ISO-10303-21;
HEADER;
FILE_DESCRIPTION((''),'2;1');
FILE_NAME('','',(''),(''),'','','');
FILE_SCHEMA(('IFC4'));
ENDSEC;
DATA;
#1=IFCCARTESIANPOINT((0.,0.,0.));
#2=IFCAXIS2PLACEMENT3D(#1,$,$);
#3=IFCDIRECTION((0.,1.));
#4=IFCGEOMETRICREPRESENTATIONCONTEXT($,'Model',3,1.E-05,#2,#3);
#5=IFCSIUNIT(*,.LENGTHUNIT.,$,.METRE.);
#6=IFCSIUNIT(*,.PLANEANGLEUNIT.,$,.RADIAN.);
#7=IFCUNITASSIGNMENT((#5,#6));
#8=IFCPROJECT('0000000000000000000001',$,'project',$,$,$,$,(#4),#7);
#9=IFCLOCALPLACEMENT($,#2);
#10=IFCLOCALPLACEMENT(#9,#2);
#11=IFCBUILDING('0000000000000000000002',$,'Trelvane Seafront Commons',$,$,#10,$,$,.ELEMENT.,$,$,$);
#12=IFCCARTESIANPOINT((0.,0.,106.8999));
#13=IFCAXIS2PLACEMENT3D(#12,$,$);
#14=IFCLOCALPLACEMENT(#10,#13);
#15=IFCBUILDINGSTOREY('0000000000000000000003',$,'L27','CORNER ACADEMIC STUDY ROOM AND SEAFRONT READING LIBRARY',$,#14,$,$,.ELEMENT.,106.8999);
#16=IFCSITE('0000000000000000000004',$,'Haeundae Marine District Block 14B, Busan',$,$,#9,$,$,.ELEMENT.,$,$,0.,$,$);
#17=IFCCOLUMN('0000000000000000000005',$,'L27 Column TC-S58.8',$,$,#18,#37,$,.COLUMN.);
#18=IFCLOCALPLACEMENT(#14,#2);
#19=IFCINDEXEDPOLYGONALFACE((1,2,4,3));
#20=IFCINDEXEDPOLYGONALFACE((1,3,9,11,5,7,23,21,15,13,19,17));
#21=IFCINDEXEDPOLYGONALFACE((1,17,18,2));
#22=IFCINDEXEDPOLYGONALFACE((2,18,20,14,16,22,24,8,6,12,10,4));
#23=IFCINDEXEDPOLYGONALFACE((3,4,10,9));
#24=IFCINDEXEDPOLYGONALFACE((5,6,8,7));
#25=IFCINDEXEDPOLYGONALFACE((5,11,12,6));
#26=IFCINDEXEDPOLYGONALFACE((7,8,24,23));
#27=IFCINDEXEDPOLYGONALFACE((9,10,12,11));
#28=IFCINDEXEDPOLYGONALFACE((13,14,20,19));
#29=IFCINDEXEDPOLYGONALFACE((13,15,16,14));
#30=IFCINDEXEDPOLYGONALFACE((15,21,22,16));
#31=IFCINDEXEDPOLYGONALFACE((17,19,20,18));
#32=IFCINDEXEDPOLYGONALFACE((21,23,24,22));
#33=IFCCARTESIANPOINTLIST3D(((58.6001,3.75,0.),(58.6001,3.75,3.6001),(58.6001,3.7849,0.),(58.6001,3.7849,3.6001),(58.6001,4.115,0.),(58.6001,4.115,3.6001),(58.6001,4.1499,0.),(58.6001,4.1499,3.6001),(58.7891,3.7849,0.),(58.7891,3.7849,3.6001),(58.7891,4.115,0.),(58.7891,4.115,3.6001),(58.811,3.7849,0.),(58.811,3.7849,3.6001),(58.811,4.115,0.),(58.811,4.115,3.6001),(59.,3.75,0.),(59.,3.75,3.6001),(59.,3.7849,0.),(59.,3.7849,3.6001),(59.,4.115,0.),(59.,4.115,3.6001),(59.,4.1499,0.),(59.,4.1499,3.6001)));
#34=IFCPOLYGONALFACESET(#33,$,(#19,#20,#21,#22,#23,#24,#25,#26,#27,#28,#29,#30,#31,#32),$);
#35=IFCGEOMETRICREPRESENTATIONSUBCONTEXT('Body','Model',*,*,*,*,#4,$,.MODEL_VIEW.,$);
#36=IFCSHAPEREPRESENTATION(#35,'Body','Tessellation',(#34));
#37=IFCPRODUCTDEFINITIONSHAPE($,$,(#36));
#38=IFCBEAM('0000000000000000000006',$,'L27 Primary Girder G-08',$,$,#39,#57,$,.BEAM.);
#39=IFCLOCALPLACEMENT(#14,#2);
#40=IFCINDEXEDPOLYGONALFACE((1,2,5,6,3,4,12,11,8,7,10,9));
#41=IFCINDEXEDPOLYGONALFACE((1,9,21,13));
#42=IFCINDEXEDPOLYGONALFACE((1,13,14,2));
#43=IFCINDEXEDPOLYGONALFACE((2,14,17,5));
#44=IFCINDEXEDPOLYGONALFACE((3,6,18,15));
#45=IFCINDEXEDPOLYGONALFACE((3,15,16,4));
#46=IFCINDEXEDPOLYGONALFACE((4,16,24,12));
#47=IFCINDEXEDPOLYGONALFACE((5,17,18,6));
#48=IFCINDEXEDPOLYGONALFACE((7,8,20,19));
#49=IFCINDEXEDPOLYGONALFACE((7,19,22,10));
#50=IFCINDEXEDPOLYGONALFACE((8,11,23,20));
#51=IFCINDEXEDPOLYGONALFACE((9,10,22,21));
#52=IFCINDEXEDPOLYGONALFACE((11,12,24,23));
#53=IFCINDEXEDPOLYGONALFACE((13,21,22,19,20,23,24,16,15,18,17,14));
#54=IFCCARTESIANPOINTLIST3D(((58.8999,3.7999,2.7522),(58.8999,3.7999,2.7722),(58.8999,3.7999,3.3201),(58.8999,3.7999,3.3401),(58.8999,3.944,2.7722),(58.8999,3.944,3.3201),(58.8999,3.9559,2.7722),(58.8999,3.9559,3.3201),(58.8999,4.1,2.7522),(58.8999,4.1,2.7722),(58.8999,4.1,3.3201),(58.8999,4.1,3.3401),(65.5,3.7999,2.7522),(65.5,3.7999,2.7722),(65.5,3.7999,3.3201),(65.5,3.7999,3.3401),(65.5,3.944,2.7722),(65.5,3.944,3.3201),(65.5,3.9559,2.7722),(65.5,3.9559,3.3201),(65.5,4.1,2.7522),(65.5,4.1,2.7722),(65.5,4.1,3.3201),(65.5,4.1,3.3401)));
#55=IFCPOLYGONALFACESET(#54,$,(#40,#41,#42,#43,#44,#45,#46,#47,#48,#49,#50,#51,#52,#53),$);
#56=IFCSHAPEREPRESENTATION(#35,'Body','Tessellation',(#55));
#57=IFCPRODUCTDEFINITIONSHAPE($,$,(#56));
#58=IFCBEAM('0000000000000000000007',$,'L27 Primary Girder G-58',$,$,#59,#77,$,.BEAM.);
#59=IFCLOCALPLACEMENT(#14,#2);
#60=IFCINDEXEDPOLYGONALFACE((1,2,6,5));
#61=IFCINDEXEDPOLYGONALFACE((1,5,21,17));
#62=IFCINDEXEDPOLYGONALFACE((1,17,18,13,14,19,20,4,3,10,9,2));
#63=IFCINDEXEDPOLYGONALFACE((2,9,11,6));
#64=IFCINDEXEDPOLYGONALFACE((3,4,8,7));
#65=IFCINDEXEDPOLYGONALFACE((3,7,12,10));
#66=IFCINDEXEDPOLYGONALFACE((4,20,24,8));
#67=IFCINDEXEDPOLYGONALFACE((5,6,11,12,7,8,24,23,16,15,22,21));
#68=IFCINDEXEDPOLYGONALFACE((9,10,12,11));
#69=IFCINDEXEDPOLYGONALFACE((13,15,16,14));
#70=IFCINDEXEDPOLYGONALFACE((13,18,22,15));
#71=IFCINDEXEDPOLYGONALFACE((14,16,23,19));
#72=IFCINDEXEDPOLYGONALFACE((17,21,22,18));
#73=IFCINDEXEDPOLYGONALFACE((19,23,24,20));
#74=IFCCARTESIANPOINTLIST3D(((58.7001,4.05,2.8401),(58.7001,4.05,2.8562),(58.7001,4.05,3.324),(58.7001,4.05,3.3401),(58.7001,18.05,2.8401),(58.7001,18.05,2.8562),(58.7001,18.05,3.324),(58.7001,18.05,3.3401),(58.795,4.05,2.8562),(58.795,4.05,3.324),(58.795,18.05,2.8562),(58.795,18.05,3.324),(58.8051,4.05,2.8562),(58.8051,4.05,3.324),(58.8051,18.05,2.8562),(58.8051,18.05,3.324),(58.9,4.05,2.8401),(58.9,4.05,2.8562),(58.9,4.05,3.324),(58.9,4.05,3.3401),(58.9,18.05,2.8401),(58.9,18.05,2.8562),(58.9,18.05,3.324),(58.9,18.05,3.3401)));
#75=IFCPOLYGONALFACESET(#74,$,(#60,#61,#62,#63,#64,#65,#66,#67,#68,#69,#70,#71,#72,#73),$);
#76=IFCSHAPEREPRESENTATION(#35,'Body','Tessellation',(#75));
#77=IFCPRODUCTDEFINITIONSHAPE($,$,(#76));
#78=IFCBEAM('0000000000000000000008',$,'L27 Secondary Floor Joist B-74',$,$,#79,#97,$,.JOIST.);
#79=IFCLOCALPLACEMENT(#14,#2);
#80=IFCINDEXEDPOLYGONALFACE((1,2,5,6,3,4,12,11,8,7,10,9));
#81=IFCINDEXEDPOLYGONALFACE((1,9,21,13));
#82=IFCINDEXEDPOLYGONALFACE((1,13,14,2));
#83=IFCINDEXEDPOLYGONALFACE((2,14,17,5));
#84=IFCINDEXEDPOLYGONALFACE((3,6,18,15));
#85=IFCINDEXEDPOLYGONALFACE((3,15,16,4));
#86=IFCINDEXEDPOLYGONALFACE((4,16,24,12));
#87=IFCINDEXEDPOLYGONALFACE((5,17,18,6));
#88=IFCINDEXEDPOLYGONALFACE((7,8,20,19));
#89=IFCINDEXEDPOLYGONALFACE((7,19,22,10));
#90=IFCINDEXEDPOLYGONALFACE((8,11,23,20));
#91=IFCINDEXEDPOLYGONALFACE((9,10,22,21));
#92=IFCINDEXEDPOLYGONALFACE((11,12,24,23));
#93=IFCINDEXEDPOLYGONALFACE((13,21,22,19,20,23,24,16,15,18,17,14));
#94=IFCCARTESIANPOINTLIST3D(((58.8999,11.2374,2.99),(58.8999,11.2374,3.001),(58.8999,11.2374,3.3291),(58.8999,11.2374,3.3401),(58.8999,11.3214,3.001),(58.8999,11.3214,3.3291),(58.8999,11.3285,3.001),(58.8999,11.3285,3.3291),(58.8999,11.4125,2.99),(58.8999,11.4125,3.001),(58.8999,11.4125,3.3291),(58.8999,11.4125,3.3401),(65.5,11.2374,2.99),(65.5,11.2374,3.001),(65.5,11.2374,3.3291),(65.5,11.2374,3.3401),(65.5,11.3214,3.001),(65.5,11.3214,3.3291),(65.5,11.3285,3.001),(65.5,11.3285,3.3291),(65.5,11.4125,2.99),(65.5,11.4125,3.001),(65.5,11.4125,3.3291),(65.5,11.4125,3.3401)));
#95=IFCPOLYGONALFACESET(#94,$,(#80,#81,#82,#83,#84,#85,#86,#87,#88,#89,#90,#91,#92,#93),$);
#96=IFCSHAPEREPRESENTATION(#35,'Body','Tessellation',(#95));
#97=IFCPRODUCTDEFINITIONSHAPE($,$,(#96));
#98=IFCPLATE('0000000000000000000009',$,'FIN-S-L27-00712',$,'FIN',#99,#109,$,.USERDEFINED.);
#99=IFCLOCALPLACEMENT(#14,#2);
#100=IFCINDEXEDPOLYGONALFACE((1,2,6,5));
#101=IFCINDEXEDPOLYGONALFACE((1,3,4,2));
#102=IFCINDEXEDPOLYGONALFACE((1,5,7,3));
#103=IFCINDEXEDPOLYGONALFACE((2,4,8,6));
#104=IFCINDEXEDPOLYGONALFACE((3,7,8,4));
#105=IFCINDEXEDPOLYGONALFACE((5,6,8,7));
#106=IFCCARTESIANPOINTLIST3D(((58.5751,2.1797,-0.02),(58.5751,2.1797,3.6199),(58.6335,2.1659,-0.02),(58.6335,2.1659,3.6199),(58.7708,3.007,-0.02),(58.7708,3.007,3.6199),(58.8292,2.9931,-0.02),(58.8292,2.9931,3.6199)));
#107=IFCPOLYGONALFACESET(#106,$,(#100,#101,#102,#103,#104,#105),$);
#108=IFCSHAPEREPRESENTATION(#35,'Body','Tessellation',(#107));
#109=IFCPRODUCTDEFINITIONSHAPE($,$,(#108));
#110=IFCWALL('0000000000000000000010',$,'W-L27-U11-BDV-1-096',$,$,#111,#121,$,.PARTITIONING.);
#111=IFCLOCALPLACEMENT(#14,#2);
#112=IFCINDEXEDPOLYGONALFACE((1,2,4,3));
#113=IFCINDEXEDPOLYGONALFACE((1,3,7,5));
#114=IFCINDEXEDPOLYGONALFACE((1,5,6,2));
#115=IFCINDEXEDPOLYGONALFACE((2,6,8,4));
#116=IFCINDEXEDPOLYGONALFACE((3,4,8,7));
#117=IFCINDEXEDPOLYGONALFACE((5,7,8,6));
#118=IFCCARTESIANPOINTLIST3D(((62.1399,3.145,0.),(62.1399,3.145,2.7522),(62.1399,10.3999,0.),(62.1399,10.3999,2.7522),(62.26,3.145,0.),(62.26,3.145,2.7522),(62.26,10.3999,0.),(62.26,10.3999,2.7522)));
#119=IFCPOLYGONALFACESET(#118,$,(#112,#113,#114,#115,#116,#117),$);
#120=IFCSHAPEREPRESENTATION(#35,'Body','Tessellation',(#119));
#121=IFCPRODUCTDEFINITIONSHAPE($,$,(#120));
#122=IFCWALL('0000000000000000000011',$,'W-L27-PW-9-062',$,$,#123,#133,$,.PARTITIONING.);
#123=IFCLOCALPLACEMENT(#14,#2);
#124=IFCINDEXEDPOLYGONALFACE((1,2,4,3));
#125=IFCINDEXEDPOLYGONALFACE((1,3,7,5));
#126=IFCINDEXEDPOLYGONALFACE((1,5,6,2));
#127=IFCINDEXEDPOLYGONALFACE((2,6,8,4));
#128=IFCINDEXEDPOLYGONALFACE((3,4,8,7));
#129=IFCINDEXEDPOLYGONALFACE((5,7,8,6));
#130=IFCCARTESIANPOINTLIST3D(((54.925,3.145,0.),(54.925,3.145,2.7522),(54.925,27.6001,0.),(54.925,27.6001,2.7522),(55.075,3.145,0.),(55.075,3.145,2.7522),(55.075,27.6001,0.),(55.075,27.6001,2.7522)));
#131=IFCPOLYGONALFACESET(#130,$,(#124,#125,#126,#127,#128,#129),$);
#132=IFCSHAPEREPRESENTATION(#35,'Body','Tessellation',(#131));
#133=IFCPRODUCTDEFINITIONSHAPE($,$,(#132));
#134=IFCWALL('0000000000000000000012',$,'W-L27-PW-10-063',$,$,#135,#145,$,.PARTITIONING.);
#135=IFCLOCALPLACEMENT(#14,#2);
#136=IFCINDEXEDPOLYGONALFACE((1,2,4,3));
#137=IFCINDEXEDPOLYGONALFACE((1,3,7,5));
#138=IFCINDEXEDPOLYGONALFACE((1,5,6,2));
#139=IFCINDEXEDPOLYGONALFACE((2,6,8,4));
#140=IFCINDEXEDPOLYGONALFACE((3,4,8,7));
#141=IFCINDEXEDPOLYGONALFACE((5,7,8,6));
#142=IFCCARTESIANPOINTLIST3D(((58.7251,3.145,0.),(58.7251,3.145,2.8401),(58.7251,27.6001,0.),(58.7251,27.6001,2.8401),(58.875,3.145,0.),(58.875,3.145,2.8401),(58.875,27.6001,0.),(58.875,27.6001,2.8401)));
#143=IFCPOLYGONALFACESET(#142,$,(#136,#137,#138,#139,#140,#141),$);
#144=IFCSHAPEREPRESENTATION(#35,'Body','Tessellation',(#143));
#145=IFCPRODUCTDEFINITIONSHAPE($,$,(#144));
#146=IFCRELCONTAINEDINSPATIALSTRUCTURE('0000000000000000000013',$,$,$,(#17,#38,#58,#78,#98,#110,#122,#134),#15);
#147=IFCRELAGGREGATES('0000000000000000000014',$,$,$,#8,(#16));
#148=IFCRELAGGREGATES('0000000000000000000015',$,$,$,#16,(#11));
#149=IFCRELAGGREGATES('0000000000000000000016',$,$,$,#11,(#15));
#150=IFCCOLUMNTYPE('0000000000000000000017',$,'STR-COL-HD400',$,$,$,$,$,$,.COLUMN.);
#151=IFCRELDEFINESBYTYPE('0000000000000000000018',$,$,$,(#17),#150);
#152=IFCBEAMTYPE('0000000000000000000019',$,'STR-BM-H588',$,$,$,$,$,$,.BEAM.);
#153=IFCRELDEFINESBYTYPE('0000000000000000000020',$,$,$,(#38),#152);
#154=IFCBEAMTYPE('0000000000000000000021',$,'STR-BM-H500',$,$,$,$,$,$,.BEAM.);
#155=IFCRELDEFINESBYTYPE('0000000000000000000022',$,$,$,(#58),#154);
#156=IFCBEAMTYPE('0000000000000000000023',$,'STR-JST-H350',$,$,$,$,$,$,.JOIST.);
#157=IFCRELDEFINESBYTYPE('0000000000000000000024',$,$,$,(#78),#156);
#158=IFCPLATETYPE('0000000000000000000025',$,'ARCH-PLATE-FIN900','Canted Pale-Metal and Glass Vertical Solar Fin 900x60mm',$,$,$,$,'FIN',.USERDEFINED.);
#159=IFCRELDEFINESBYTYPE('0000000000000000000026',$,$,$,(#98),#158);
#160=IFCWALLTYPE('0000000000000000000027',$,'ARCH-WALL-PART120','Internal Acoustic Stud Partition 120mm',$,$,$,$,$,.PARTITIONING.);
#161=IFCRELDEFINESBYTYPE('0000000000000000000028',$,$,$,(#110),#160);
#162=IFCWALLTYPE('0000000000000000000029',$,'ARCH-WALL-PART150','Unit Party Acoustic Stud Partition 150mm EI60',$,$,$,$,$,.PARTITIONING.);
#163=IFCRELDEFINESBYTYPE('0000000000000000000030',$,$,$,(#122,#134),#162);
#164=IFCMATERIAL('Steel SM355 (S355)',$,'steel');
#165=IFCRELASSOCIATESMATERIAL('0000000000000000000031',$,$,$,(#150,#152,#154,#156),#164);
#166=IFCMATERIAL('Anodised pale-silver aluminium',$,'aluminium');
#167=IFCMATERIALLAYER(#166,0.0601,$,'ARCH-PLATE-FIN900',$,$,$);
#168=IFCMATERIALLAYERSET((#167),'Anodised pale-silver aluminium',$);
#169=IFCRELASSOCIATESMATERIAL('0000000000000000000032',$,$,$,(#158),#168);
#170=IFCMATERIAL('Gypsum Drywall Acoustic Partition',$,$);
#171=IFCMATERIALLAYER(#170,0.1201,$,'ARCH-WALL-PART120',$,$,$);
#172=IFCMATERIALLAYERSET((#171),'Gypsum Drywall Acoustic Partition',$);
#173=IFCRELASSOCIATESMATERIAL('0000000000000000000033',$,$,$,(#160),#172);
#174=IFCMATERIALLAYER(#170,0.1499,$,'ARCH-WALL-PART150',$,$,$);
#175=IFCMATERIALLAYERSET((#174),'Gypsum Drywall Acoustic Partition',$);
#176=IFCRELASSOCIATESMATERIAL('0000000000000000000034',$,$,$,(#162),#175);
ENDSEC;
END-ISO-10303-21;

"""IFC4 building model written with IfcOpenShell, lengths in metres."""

from ifc_helpers import new_model, si_unit, direction, frame, frame_2d, origin, origin_2d, place, context, subcontext, project, spatial, rectangle, i_section, extrude, source, transform, mapped, material, layer, layer_set, material_profile, profile_set, type_object, element, save


model = new_model("IFC4")

# Units and contexts
model_context = context("Model", 3, precision=1e-05, world=origin(), true_north=direction((0.0, 1.0)))
body_context = subcontext(model_context, "Body", "Model", "MODEL_VIEW")
ifc_project = project(units=[si_unit("LENGTHUNIT", "METRE"), si_unit("PLANEANGLEUNIT", "RADIAN")], contexts=[model_context])

# Site, building, storey
site_placement = place(None, origin())
site = spatial("IfcSite", under=ifc_project, at=site_placement, Name="Haeundae Marine District Block 14B, Busan", CompositionType="ELEMENT", RefElevation=0.0)
building_placement = place(site_placement, origin())
building = spatial("IfcBuilding", under=site, at=building_placement, Name="Trelvane Seafront Commons", CompositionType="ELEMENT")
storey_placement = place(building_placement, frame((0.0, 0.0, 106.8999)))
storey = spatial("IfcBuildingStorey", under=building, at=storey_placement, Name="L27", Description="CORNER ACADEMIC STUDY ROOM AND SEAFRONT READING LIBRARY", CompositionType="ELEMENT", Elevation=106.8999)

# Column
ifc_material_1 = material(Name="Steel SM355 (S355)", Category="steel")
ifc_material_profile_1 = material_profile(ifc_material_1, i_section(OverallWidth=0.3999, OverallDepth=0.3999, WebThickness=0.022, FlangeThickness=0.0349, at=origin_2d()), Name="HD-400x400x22x35")
ifc_profile_set_1 = profile_set([ifc_material_profile_1], Name="Steel SM355 (S355)")
column_type = type_object("IfcColumnType", Name="STR-COL-HD400", PredefinedType="COLUMN", material=ifc_profile_set_1)
shared_shape_1 = source(origin(), body_context, "Body", "SweptSolid", [
    extrude(i_section(OverallWidth=0.3999, OverallDepth=0.3999, WebThickness=0.022, FlangeThickness=0.0349, at=origin_2d()), origin(), (0.0, 0.0, 1.0), 3.6001),
])
column_placement = place(storey_placement, frame((58.8, 3.95, 0.0), z_axis=(0.0, 0.0, 1.0), x_axis=(1.0, 0.0, 0.0)))
element("IfcColumn", 1, at=column_placement, inside=storey, type_object=column_type, Name="L27 Column TC-S58.8", PredefinedType="COLUMN", context=body_context, shape_type="MappedRepresentation", body=[
    mapped(shared_shape_1, transform((0.0, 0.0, 0.0), x_axis=(1.0, 0.0, 0.0), y_axis=(0.0, 1.0, 0.0), z_axis=(0.0, 0.0, 1.0), scale=1.0)),
])

# Beams
ifc_material_profile_2 = material_profile(ifc_material_1, i_section(OverallWidth=0.3, OverallDepth=0.5879, WebThickness=0.012, FlangeThickness=0.02, at=origin_2d()), Name="H-588x300x12x20")
ifc_profile_set_2 = profile_set([ifc_material_profile_2], Name="Steel SM355 (S355)")
beam_type_1 = type_object("IfcBeamType", Name="STR-BM-H588", PredefinedType="BEAM", material=ifc_profile_set_2)
shared_shape_2 = source(origin(), body_context, "Body", "SweptSolid", [
    extrude(i_section(OverallWidth=0.3, OverallDepth=0.5879, WebThickness=0.012, FlangeThickness=0.02, at=origin_2d()), origin(), (0.0, 0.0, 1.0), 6.6001),
])
beam_1_placement = place(storey_placement, frame((58.8999, 3.95, 3.0461), z_axis=(1.0, 0.0, 0.0), x_axis=(0.0, 1.0, 0.0)))
element("IfcBeam", 2, at=beam_1_placement, inside=storey, type_object=beam_type_1, Name="L27 Primary Girder G-08", PredefinedType="BEAM", context=body_context, shape_type="MappedRepresentation", body=[
    mapped(shared_shape_2, transform((0.0, 0.0, 0.0), x_axis=(1.0, 0.0, 0.0), y_axis=(0.0, 1.0, 0.0), z_axis=(0.0, 0.0, 1.0), scale=1.0)),
])
ifc_material_profile_3 = material_profile(ifc_material_1, i_section(OverallWidth=0.2, OverallDepth=0.5, WebThickness=0.01, FlangeThickness=0.0161, at=origin_2d()), Name="H-500x200x10x16")
ifc_profile_set_3 = profile_set([ifc_material_profile_3], Name="Steel SM355 (S355)")
beam_type_2 = type_object("IfcBeamType", Name="STR-BM-H500", PredefinedType="BEAM", material=ifc_profile_set_3)
shared_shape_3 = source(origin(), body_context, "Body", "SweptSolid", [
    extrude(i_section(OverallWidth=0.2, OverallDepth=0.5, WebThickness=0.01, FlangeThickness=0.0161, at=origin_2d()), origin(), (0.0, 0.0, 1.0), 14.0),
])
beam_2_placement = place(storey_placement, frame((58.8, 4.05, 3.0901), z_axis=(0.0, 1.0, 0.0), x_axis=(-1.0, 0.0, 0.0)))
element("IfcBeam", 3, at=beam_2_placement, inside=storey, type_object=beam_type_2, Name="L27 Primary Girder G-58", PredefinedType="BEAM", context=body_context, shape_type="MappedRepresentation", body=[
    mapped(shared_shape_3, transform((0.0, 0.0, 0.0), x_axis=(1.0, 0.0, 0.0), y_axis=(0.0, 1.0, 0.0), z_axis=(0.0, 0.0, 1.0), scale=1.0)),
])
ifc_material_profile_4 = material_profile(ifc_material_1, i_section(OverallWidth=0.175, OverallDepth=0.3501, WebThickness=0.0071, FlangeThickness=0.011, at=origin_2d()), Name="H-350x175x7x11")
ifc_profile_set_4 = profile_set([ifc_material_profile_4], Name="Steel SM355 (S355)")
beam_type_3 = type_object("IfcBeamType", Name="STR-JST-H350", PredefinedType="JOIST", material=ifc_profile_set_4)
shared_shape_4 = source(origin(), body_context, "Body", "SweptSolid", [
    extrude(i_section(OverallWidth=0.175, OverallDepth=0.3501, WebThickness=0.0071, FlangeThickness=0.011, at=origin_2d()), origin(), (0.0, 0.0, 1.0), 6.6001),
])
beam_3_placement = place(storey_placement, frame((58.8999, 11.325, 3.165), z_axis=(1.0, 0.0, 0.0), x_axis=(0.0, 1.0, 0.0)))
element("IfcBeam", 4, at=beam_3_placement, inside=storey, type_object=beam_type_3, Name="L27 Secondary Floor Joist B-74", PredefinedType="JOIST", context=body_context, shape_type="MappedRepresentation", body=[
    mapped(shared_shape_4, transform((0.0, 0.0, 0.0), x_axis=(1.0, 0.0, 0.0), y_axis=(0.0, 1.0, 0.0), z_axis=(0.0, 0.0, 1.0), scale=1.0)),
])

# Plate
ifc_material_2 = material(Name="Anodised pale-silver aluminium", Category="aluminium")
ifc_layer_1 = layer(ifc_material_2, 0.0601, Name="ARCH-PLATE-FIN900")
ifc_layer_set_1 = layer_set([ifc_layer_1], Name="Anodised pale-silver aluminium")
plate_type = type_object("IfcPlateType", Name="ARCH-PLATE-FIN900", Description="Canted Pale-Metal and Glass Vertical Solar Fin 900x60mm", ElementType="FIN", PredefinedType="USERDEFINED", material=ifc_layer_set_1)
shared_shape_5 = source(origin(), body_context, "Body", "SweptSolid", [
    extrude(rectangle(XDim=0.8501, YDim=0.0601, at=origin_2d()), origin(), (0.0, 0.0, 1.0), 3.6399),
])
plate_placement = place(storey_placement, frame((58.7021, 2.5864, -0.02), z_axis=(0.0, 0.0, 1.0), x_axis=(-0.230226, -0.973137, 0.0)))
element("IfcPlate", 5, at=plate_placement, inside=storey, type_object=plate_type, Name="FIN-S-L27-00712", ObjectType="FIN", PredefinedType="USERDEFINED", context=body_context, shape_type="MappedRepresentation", body=[
    mapped(shared_shape_5, transform((0.0, 0.0, 0.0), x_axis=(1.0, 0.0, 0.0), y_axis=(0.0, 1.0, 0.0), z_axis=(0.0, 0.0, 1.0), scale=1.0)),
])

# Shared definitions
ifc_material_3 = material(Name="Gypsum Drywall Acoustic Partition")
ifc_layer_2 = layer(ifc_material_3, 0.1201, Name="ARCH-WALL-PART120")
ifc_layer_set_2 = layer_set([ifc_layer_2], Name="Gypsum Drywall Acoustic Partition")
wall_type_1 = type_object("IfcWallType", Name="ARCH-WALL-PART120", Description="Internal Acoustic Stud Partition 120mm", PredefinedType="PARTITIONING", material=ifc_layer_set_2)

# Walls
wall_1_placement = place(storey_placement, frame((62.2, 3.145, 0.0), z_axis=(0.0, 0.0, 1.0), x_axis=(0.0, 1.0, 0.0)))
element("IfcWall", 6, at=wall_1_placement, inside=storey, type_object=wall_type_1, Name="W-L27-U11-BDV-1-096", PredefinedType="PARTITIONING", context=body_context, shape_type="SweptSolid", body=[
    extrude(rectangle(XDim=7.2549, YDim=0.1201, at=frame_2d((3.6274, 0.0))), origin(), (0.0, 0.0, 1.0), 2.7522),
])
ifc_layer_3 = layer(ifc_material_3, 0.1499, Name="ARCH-WALL-PART150")
ifc_layer_set_3 = layer_set([ifc_layer_3], Name="Gypsum Drywall Acoustic Partition")
wall_type_2 = type_object("IfcWallType", Name="ARCH-WALL-PART150", Description="Unit Party Acoustic Stud Partition 150mm EI60", PredefinedType="PARTITIONING", material=ifc_layer_set_3)
wall_2_placement = place(storey_placement, frame((55.0, 3.145, 0.0), z_axis=(0.0, 0.0, 1.0), x_axis=(0.0, 1.0, 0.0)))
element("IfcWall", 7, at=wall_2_placement, inside=storey, type_object=wall_type_2, Name="W-L27-PW-9-062", PredefinedType="PARTITIONING", context=body_context, shape_type="SweptSolid", body=[
    extrude(rectangle(XDim=24.4551, YDim=0.1499, at=frame_2d((12.2275, 0.0))), origin(), (0.0, 0.0, 1.0), 2.7522),
])
wall_3_placement = place(storey_placement, frame((58.8, 3.145, 0.0), z_axis=(0.0, 0.0, 1.0), x_axis=(0.0, 1.0, 0.0)))
element("IfcWall", 8, at=wall_3_placement, inside=storey, type_object=wall_type_2, Name="W-L27-PW-10-063", PredefinedType="PARTITIONING", context=body_context, shape_type="SweptSolid", body=[
    extrude(rectangle(XDim=24.4551, YDim=0.1499, at=frame_2d((12.2275, 0.0))), origin(), (0.0, 0.0, 1.0), 2.8401),
])

save(model, "model.ifc")
